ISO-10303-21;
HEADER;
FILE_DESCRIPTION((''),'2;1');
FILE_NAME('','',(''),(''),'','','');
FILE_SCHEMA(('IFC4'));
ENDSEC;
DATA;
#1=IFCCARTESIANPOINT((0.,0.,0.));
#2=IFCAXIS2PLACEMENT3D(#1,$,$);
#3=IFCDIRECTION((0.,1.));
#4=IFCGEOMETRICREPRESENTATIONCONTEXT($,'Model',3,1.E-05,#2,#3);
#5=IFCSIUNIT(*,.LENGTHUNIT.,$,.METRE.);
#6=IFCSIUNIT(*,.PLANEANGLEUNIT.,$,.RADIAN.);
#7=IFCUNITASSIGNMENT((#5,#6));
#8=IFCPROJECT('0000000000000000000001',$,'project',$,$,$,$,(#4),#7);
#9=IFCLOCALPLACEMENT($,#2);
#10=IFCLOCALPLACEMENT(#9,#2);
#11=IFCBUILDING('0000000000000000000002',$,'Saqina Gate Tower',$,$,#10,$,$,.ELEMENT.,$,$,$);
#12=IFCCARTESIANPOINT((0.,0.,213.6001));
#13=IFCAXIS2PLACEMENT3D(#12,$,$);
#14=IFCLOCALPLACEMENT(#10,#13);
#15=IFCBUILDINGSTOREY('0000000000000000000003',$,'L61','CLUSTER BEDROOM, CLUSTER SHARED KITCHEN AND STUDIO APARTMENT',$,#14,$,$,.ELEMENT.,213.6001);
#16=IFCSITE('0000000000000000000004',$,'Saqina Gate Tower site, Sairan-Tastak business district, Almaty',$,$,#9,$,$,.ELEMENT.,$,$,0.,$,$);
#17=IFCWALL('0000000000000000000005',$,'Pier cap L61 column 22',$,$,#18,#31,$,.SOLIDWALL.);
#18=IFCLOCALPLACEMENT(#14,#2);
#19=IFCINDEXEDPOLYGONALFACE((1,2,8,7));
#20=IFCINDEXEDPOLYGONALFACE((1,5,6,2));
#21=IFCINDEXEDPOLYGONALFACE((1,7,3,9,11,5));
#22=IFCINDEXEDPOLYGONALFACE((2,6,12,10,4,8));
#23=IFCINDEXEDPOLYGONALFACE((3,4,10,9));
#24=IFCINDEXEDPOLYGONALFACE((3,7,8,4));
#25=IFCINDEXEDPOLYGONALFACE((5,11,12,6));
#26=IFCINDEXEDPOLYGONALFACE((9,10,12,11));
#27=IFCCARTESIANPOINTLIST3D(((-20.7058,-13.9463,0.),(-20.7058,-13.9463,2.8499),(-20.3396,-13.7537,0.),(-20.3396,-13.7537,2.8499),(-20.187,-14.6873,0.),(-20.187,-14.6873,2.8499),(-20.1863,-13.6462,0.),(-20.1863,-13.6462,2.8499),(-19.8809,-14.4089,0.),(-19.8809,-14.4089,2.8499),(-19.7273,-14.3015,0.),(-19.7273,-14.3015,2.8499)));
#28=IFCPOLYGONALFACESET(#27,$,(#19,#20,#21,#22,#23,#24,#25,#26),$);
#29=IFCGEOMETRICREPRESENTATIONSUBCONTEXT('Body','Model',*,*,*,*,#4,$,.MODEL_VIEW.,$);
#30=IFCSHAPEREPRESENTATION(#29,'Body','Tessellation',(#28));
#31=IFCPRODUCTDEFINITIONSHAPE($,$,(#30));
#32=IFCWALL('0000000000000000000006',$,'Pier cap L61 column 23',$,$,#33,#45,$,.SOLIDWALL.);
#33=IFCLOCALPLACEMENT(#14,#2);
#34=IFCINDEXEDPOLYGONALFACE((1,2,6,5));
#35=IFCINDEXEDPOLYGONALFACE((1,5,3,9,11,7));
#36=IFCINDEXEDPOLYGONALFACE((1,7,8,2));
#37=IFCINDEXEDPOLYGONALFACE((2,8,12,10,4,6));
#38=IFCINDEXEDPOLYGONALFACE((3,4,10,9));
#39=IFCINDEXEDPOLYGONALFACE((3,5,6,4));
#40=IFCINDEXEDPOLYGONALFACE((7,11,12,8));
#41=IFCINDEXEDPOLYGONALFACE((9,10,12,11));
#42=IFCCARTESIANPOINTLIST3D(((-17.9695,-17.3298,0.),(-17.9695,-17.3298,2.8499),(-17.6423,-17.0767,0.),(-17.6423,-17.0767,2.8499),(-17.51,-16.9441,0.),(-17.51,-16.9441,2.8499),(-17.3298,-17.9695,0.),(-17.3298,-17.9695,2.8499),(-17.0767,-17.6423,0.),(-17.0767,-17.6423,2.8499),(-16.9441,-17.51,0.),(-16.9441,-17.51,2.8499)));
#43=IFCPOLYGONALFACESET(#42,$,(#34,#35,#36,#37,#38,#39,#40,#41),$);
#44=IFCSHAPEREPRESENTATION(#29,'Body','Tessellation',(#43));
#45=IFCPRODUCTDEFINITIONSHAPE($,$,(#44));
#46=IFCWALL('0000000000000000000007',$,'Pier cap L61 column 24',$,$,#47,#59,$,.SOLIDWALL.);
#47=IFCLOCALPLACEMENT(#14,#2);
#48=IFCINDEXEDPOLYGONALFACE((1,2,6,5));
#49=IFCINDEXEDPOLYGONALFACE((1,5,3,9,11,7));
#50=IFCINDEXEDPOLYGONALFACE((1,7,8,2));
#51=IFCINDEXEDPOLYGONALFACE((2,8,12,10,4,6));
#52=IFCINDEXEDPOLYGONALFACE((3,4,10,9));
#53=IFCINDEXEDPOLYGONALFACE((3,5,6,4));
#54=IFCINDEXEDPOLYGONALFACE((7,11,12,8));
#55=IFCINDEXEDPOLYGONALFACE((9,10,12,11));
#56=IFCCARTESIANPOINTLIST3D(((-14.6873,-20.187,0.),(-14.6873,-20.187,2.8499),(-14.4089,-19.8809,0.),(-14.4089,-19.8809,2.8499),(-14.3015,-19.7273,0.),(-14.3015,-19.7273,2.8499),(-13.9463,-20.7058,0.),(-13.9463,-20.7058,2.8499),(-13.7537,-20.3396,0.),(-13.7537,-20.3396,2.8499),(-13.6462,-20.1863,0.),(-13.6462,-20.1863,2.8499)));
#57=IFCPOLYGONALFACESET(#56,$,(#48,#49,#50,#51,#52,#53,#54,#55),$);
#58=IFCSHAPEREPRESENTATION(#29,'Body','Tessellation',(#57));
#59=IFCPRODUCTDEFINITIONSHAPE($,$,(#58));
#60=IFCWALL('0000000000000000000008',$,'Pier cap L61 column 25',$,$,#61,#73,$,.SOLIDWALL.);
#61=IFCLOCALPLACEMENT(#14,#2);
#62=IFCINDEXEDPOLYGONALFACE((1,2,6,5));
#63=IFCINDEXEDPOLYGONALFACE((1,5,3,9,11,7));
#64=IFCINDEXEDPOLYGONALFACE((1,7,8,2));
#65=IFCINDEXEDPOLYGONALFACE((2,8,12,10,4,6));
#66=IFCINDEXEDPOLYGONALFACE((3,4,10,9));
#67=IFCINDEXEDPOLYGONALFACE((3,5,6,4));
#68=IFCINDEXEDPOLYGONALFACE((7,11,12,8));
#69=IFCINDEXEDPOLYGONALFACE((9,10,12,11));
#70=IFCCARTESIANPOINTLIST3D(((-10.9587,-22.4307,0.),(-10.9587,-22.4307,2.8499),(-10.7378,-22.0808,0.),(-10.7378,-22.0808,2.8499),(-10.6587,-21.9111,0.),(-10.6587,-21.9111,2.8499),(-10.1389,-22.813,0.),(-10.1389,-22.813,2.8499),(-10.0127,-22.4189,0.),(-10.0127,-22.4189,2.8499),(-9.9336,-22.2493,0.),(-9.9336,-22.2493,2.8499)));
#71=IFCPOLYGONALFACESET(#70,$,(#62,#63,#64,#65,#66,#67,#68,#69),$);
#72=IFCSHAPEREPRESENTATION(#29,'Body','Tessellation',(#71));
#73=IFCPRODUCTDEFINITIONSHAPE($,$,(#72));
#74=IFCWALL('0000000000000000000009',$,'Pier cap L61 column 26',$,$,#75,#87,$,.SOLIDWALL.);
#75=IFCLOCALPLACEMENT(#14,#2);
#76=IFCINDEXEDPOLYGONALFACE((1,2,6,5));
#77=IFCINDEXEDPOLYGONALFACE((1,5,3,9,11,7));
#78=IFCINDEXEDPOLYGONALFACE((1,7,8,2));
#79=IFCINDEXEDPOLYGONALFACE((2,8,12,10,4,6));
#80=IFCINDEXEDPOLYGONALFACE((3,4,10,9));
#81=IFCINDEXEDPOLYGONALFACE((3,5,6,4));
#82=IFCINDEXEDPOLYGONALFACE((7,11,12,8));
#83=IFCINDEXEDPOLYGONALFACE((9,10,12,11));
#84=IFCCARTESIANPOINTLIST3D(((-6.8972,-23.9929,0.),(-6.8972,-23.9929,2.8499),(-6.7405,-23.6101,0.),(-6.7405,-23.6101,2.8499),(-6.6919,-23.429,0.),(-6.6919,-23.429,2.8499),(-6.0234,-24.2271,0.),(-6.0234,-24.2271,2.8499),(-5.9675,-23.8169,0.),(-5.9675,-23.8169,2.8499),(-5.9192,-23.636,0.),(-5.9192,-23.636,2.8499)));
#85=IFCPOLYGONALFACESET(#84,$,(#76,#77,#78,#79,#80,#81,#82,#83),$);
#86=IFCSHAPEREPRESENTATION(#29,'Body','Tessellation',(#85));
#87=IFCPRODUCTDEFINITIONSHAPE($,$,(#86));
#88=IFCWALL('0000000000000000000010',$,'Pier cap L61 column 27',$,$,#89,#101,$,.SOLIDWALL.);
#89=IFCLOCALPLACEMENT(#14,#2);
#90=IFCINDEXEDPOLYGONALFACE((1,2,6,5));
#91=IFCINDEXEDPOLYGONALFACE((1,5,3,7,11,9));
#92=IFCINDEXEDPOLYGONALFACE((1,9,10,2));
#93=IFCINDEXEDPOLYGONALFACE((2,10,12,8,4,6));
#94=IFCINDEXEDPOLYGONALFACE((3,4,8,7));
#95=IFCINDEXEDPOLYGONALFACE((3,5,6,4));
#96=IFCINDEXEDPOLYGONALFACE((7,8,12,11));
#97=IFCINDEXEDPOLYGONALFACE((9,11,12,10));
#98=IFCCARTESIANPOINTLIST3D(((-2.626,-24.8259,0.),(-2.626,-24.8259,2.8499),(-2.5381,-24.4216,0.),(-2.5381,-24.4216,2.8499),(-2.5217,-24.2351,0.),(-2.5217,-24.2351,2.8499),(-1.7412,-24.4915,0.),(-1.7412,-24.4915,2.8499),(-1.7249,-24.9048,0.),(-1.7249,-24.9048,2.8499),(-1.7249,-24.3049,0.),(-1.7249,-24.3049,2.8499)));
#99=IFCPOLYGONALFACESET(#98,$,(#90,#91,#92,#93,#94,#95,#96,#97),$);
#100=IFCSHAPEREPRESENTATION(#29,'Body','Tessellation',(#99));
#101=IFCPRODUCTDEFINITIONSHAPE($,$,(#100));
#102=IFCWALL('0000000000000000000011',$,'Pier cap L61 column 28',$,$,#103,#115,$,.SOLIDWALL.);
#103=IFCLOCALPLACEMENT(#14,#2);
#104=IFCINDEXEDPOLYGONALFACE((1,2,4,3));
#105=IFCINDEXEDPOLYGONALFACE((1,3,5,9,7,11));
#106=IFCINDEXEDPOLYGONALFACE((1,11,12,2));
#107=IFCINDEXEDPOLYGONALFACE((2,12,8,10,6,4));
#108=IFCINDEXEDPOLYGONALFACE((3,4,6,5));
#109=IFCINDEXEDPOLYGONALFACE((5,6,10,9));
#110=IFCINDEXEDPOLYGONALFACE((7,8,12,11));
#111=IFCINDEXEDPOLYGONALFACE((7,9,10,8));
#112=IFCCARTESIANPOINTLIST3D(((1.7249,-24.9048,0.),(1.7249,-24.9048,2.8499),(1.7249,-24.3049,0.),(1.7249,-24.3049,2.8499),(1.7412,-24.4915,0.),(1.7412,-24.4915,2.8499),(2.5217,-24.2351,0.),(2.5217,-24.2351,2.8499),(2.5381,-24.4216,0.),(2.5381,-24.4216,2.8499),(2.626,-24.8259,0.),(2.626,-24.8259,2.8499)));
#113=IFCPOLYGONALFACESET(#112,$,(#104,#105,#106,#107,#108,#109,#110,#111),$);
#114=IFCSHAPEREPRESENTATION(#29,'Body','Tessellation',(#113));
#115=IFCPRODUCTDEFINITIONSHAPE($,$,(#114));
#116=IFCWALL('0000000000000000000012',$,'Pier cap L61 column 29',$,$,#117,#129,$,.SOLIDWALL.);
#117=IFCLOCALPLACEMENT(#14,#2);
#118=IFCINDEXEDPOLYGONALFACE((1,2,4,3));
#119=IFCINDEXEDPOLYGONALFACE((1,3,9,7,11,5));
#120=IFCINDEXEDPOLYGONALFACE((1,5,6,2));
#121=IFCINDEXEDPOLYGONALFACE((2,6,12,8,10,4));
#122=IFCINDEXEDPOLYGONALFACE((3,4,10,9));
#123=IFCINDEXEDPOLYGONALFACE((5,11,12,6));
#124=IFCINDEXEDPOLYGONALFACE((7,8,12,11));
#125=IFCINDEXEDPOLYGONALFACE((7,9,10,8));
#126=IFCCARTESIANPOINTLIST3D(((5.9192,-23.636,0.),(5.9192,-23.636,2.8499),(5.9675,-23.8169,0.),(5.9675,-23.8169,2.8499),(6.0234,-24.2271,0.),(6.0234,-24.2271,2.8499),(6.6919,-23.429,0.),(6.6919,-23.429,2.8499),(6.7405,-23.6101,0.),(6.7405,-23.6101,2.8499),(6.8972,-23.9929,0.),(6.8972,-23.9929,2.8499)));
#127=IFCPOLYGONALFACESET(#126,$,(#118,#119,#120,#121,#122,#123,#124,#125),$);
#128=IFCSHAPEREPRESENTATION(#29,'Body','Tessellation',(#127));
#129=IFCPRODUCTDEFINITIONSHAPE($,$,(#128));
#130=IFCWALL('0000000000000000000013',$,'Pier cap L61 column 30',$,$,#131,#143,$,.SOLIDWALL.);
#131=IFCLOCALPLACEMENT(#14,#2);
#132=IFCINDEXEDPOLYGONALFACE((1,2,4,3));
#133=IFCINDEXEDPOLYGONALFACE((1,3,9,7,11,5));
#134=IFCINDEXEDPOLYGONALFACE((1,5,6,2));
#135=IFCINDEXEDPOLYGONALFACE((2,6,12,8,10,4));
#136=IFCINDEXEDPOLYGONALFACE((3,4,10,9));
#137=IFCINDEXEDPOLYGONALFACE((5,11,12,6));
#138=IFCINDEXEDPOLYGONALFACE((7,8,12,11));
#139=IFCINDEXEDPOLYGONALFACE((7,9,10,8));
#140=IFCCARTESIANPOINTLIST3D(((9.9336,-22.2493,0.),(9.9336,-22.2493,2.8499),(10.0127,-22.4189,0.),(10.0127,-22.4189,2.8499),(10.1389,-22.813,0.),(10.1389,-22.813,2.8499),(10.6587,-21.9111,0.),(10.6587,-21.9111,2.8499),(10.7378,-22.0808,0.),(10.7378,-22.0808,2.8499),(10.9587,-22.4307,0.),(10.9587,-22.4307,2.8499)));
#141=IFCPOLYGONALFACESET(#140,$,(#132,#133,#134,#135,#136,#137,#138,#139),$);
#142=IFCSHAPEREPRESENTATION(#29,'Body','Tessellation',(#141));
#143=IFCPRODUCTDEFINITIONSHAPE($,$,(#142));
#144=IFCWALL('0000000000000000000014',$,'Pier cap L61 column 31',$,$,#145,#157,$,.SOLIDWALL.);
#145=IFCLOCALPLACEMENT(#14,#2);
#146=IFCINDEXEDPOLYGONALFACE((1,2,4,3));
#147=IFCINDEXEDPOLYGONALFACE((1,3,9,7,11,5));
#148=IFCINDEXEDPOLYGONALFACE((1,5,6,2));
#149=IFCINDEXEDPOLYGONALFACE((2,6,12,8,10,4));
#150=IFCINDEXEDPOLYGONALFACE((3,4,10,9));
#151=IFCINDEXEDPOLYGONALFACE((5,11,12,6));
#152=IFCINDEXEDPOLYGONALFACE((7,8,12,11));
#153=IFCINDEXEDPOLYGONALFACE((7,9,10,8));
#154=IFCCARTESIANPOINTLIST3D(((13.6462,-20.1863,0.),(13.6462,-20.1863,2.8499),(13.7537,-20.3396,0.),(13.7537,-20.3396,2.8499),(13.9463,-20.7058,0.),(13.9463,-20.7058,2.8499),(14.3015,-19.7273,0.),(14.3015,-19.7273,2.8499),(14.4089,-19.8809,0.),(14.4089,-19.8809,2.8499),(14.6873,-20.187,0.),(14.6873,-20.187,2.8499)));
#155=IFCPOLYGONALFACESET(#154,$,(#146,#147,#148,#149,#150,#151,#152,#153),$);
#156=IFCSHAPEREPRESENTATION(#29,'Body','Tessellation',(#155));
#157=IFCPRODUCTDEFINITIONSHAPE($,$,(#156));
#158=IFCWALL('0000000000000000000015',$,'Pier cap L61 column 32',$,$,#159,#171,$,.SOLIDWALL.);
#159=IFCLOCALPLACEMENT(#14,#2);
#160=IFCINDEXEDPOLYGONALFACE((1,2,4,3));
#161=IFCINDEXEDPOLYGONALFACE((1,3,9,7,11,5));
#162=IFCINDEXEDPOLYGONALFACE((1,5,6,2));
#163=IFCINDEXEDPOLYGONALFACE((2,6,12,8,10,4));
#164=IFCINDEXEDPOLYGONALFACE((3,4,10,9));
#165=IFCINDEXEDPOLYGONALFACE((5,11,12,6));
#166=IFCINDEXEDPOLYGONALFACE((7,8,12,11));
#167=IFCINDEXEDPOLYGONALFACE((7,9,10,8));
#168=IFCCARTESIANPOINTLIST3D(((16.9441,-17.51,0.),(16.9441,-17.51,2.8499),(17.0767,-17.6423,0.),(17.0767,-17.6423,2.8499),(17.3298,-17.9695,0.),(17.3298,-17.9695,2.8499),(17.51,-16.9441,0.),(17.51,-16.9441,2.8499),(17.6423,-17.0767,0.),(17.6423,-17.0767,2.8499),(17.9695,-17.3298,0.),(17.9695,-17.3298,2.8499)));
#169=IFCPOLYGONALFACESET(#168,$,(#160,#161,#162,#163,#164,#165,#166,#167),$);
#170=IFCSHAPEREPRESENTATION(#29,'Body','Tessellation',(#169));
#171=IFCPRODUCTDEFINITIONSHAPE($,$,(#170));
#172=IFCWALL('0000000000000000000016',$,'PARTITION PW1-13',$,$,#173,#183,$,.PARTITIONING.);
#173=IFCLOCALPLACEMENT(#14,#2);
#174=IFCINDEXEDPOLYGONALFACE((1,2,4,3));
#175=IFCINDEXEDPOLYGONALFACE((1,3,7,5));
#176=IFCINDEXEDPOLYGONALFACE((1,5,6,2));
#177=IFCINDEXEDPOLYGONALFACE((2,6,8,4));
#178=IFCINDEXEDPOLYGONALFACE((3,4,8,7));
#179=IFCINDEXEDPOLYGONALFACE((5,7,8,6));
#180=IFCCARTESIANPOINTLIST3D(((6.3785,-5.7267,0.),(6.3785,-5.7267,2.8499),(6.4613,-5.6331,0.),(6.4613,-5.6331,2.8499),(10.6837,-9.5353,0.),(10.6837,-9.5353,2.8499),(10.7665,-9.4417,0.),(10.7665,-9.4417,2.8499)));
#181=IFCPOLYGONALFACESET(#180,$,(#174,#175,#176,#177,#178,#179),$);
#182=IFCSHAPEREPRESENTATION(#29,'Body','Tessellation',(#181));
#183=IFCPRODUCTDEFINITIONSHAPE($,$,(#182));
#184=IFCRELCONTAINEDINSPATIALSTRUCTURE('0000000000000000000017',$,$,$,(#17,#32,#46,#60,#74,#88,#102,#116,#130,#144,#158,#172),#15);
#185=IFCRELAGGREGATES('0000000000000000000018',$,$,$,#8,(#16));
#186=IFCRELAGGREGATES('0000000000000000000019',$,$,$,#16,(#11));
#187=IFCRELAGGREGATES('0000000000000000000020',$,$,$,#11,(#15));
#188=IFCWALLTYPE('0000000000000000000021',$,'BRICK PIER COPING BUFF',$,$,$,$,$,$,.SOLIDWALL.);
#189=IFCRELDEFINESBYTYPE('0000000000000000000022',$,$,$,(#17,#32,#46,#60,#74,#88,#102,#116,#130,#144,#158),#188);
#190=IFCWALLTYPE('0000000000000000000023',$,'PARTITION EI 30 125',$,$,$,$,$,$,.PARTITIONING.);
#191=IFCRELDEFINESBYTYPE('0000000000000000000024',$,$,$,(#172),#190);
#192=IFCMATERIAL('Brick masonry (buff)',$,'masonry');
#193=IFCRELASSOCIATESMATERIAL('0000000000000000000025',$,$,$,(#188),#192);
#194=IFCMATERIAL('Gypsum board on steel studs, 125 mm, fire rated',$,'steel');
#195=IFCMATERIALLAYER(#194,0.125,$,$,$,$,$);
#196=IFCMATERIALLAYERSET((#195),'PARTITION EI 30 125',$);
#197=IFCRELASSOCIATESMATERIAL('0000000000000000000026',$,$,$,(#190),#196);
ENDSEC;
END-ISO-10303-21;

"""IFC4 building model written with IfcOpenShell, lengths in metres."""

from ifc_helpers import new_model, si_unit, direction, frame, frame_2d, origin, place, context, subcontext, project, spatial, polyline, rectangle, outline, extrude, material, layer, layer_set, type_object, element, save


model = new_model("IFC4")

# Units and contexts
model_context = context("Model", 3, precision=1e-05, world=origin(), true_north=direction((0.0, 1.0)))
body_context = subcontext(model_context, "Body", "Model", "MODEL_VIEW")
ifc_project = project(units=[si_unit("LENGTHUNIT", "METRE"), si_unit("PLANEANGLEUNIT", "RADIAN")], contexts=[model_context])

# Site, building, storey
site_placement = place(None, origin())
site = spatial("IfcSite", under=ifc_project, at=site_placement, Name="Saqina Gate Tower site, Sairan-Tastak business district, Almaty", CompositionType="ELEMENT", RefElevation=0.0)
building_placement = place(site_placement, origin())
building = spatial("IfcBuilding", under=site, at=building_placement, Name="Saqina Gate Tower", CompositionType="ELEMENT")
storey_placement = place(building_placement, frame((0.0, 0.0, 213.6001)))
storey = spatial("IfcBuildingStorey", under=building, at=storey_placement, Name="L61", Description="CLUSTER BEDROOM, CLUSTER SHARED KITCHEN AND STUDIO APARTMENT", CompositionType="ELEMENT", Elevation=213.6001)

# Walls
ifc_material_1 = material(Name="Brick masonry (buff)", Category="masonry")
wall_type_1 = type_object("IfcWallType", Name="BRICK PIER COPING BUFF", PredefinedType="SOLIDWALL", material=ifc_material_1)
wall_1_placement = place(storey_placement, origin())
element("IfcWall", 1, at=wall_1_placement, inside=storey, type_object=wall_type_1, Name="Pier cap L61 column 22", PredefinedType="SOLIDWALL", context=body_context, shape_type="SweptSolid", body=[
    extrude(outline(polyline([(-20.7058, -13.9463), (-20.187, -14.6873), (-19.7273, -14.3015), (-19.8809, -14.4089), (-20.3396, -13.7537), (-20.1863, -13.6462), (-20.7058, -13.9463)])), origin(), (0.0, 0.0, 1.0), 2.8499),
])
wall_2_placement = place(storey_placement, origin())
element("IfcWall", 2, at=wall_2_placement, inside=storey, type_object=wall_type_1, Name="Pier cap L61 column 23", PredefinedType="SOLIDWALL", context=body_context, shape_type="SweptSolid", body=[
    extrude(outline(polyline([(-17.3298, -17.9695), (-16.9441, -17.51), (-17.0767, -17.6423), (-17.6423, -17.0767), (-17.51, -16.9441), (-17.9695, -17.3298), (-17.3298, -17.9695)])), origin(), (0.0, 0.0, 1.0), 2.8499),
])
wall_3_placement = place(storey_placement, origin())
element("IfcWall", 3, at=wall_3_placement, inside=storey, type_object=wall_type_1, Name="Pier cap L61 column 24", PredefinedType="SOLIDWALL", context=body_context, shape_type="SweptSolid", body=[
    extrude(outline(polyline([(-14.6873, -20.187), (-13.9463, -20.7058), (-13.6462, -20.1863), (-13.7537, -20.3396), (-14.4089, -19.8809), (-14.3015, -19.7273), (-14.6873, -20.187)])), origin(), (0.0, 0.0, 1.0), 2.8499),
])
wall_4_placement = place(storey_placement, origin())
element("IfcWall", 4, at=wall_4_placement, inside=storey, type_object=wall_type_1, Name="Pier cap L61 column 25", PredefinedType="SOLIDWALL", context=body_context, shape_type="SweptSolid", body=[
    extrude(outline(polyline([(-10.1389, -22.813), (-9.9336, -22.2493), (-10.0127, -22.4189), (-10.7378, -22.0808), (-10.6587, -21.9111), (-10.9587, -22.4307), (-10.1389, -22.813)])), origin(), (0.0, 0.0, 1.0), 2.8499),
])
wall_5_placement = place(storey_placement, origin())
element("IfcWall", 5, at=wall_5_placement, inside=storey, type_object=wall_type_1, Name="Pier cap L61 column 26", PredefinedType="SOLIDWALL", context=body_context, shape_type="SweptSolid", body=[
    extrude(outline(polyline([(-6.0234, -24.2271), (-5.9192, -23.636), (-5.9675, -23.8169), (-6.7405, -23.6101), (-6.6919, -23.429), (-6.8972, -23.9929), (-6.0234, -24.2271)])), origin(), (0.0, 0.0, 1.0), 2.8499),
])
wall_6_placement = place(storey_placement, origin())
element("IfcWall", 6, at=wall_6_placement, inside=storey, type_object=wall_type_1, Name="Pier cap L61 column 27", PredefinedType="SOLIDWALL", context=body_context, shape_type="SweptSolid", body=[
    extrude(outline(polyline([(-2.626, -24.8259), (-1.7249, -24.9048), (-1.7249, -24.3049), (-1.7412, -24.4915), (-2.5381, -24.4216), (-2.5217, -24.2351), (-2.626, -24.8259)])), origin(), (0.0, 0.0, 1.0), 2.8499),
])
wall_7_placement = place(storey_placement, origin())
element("IfcWall", 7, at=wall_7_placement, inside=storey, type_object=wall_type_1, Name="Pier cap L61 column 28", PredefinedType="SOLIDWALL", context=body_context, shape_type="SweptSolid", body=[
    extrude(outline(polyline([(1.7249, -24.9048), (2.626, -24.8259), (2.5217, -24.2351), (2.5381, -24.4216), (1.7412, -24.4915), (1.7249, -24.3049), (1.7249, -24.9048)])), origin(), (0.0, 0.0, 1.0), 2.8499),
])
wall_8_placement = place(storey_placement, origin())
element("IfcWall", 8, at=wall_8_placement, inside=storey, type_object=wall_type_1, Name="Pier cap L61 column 29", PredefinedType="SOLIDWALL", context=body_context, shape_type="SweptSolid", body=[
    extrude(outline(polyline([(6.0234, -24.2271), (6.8972, -23.9929), (6.6919, -23.429), (6.7405, -23.6101), (5.9675, -23.8169), (5.9192, -23.636), (6.0234, -24.2271)])), origin(), (0.0, 0.0, 1.0), 2.8499),
])
wall_9_placement = place(storey_placement, origin())
element("IfcWall", 9, at=wall_9_placement, inside=storey, type_object=wall_type_1, Name="Pier cap L61 column 30", PredefinedType="SOLIDWALL", context=body_context, shape_type="SweptSolid", body=[
    extrude(outline(polyline([(10.9587, -22.4307), (10.6587, -21.9111), (10.7378, -22.0808), (10.0127, -22.4189), (9.9336, -22.2493), (10.1389, -22.813), (10.9587, -22.4307)])), origin(), (0.0, 0.0, 1.0), 2.8499),
])
wall_10_placement = place(storey_placement, origin())
element("IfcWall", 10, at=wall_10_placement, inside=storey, type_object=wall_type_1, Name="Pier cap L61 column 31", PredefinedType="SOLIDWALL", context=body_context, shape_type="SweptSolid", body=[
    extrude(outline(polyline([(13.9463, -20.7058), (14.6873, -20.187), (14.3015, -19.7273), (14.4089, -19.8809), (13.7537, -20.3396), (13.6462, -20.1863), (13.9463, -20.7058)])), origin(), (0.0, 0.0, 1.0), 2.8499),
])
wall_11_placement = place(storey_placement, origin())
element("IfcWall", 11, at=wall_11_placement, inside=storey, type_object=wall_type_1, Name="Pier cap L61 column 32", PredefinedType="SOLIDWALL", context=body_context, shape_type="SweptSolid", body=[
    extrude(outline(polyline([(17.9695, -17.3298), (17.51, -16.9441), (17.6423, -17.0767), (17.0767, -17.6423), (16.9441, -17.51), (17.3298, -17.9695), (17.9695, -17.3298)])), origin(), (0.0, 0.0, 1.0), 2.8499),
])
ifc_material_2 = material(Name="Gypsum board on steel studs, 125 mm, fire rated", Category="steel")
ifc_layer = layer(ifc_material_2, 0.125)
ifc_layer_set = layer_set([ifc_layer], Name="PARTITION EI 30 125")
wall_type_2 = type_object("IfcWallType", Name="PARTITION EI 30 125", PredefinedType="PARTITIONING", material=ifc_layer_set)
wall_12_placement = place(storey_placement, frame((6.4199, -5.6799, 0.0), z_axis=(0.0, 0.0, 1.0), x_axis=(0.748982, -0.66259, 0.0)))
element("IfcWall", 12, at=wall_12_placement, inside=storey, type_object=wall_type_2, Name="PARTITION PW1-13", PredefinedType="PARTITIONING", context=body_context, shape_type="SweptSolid", body=[
    extrude(rectangle(XDim=5.748, YDim=0.125, at=frame_2d((2.874, 0.0))), origin(), (0.0, 0.0, 1.0), 2.8499),
])

save(model, "model.ifc")
